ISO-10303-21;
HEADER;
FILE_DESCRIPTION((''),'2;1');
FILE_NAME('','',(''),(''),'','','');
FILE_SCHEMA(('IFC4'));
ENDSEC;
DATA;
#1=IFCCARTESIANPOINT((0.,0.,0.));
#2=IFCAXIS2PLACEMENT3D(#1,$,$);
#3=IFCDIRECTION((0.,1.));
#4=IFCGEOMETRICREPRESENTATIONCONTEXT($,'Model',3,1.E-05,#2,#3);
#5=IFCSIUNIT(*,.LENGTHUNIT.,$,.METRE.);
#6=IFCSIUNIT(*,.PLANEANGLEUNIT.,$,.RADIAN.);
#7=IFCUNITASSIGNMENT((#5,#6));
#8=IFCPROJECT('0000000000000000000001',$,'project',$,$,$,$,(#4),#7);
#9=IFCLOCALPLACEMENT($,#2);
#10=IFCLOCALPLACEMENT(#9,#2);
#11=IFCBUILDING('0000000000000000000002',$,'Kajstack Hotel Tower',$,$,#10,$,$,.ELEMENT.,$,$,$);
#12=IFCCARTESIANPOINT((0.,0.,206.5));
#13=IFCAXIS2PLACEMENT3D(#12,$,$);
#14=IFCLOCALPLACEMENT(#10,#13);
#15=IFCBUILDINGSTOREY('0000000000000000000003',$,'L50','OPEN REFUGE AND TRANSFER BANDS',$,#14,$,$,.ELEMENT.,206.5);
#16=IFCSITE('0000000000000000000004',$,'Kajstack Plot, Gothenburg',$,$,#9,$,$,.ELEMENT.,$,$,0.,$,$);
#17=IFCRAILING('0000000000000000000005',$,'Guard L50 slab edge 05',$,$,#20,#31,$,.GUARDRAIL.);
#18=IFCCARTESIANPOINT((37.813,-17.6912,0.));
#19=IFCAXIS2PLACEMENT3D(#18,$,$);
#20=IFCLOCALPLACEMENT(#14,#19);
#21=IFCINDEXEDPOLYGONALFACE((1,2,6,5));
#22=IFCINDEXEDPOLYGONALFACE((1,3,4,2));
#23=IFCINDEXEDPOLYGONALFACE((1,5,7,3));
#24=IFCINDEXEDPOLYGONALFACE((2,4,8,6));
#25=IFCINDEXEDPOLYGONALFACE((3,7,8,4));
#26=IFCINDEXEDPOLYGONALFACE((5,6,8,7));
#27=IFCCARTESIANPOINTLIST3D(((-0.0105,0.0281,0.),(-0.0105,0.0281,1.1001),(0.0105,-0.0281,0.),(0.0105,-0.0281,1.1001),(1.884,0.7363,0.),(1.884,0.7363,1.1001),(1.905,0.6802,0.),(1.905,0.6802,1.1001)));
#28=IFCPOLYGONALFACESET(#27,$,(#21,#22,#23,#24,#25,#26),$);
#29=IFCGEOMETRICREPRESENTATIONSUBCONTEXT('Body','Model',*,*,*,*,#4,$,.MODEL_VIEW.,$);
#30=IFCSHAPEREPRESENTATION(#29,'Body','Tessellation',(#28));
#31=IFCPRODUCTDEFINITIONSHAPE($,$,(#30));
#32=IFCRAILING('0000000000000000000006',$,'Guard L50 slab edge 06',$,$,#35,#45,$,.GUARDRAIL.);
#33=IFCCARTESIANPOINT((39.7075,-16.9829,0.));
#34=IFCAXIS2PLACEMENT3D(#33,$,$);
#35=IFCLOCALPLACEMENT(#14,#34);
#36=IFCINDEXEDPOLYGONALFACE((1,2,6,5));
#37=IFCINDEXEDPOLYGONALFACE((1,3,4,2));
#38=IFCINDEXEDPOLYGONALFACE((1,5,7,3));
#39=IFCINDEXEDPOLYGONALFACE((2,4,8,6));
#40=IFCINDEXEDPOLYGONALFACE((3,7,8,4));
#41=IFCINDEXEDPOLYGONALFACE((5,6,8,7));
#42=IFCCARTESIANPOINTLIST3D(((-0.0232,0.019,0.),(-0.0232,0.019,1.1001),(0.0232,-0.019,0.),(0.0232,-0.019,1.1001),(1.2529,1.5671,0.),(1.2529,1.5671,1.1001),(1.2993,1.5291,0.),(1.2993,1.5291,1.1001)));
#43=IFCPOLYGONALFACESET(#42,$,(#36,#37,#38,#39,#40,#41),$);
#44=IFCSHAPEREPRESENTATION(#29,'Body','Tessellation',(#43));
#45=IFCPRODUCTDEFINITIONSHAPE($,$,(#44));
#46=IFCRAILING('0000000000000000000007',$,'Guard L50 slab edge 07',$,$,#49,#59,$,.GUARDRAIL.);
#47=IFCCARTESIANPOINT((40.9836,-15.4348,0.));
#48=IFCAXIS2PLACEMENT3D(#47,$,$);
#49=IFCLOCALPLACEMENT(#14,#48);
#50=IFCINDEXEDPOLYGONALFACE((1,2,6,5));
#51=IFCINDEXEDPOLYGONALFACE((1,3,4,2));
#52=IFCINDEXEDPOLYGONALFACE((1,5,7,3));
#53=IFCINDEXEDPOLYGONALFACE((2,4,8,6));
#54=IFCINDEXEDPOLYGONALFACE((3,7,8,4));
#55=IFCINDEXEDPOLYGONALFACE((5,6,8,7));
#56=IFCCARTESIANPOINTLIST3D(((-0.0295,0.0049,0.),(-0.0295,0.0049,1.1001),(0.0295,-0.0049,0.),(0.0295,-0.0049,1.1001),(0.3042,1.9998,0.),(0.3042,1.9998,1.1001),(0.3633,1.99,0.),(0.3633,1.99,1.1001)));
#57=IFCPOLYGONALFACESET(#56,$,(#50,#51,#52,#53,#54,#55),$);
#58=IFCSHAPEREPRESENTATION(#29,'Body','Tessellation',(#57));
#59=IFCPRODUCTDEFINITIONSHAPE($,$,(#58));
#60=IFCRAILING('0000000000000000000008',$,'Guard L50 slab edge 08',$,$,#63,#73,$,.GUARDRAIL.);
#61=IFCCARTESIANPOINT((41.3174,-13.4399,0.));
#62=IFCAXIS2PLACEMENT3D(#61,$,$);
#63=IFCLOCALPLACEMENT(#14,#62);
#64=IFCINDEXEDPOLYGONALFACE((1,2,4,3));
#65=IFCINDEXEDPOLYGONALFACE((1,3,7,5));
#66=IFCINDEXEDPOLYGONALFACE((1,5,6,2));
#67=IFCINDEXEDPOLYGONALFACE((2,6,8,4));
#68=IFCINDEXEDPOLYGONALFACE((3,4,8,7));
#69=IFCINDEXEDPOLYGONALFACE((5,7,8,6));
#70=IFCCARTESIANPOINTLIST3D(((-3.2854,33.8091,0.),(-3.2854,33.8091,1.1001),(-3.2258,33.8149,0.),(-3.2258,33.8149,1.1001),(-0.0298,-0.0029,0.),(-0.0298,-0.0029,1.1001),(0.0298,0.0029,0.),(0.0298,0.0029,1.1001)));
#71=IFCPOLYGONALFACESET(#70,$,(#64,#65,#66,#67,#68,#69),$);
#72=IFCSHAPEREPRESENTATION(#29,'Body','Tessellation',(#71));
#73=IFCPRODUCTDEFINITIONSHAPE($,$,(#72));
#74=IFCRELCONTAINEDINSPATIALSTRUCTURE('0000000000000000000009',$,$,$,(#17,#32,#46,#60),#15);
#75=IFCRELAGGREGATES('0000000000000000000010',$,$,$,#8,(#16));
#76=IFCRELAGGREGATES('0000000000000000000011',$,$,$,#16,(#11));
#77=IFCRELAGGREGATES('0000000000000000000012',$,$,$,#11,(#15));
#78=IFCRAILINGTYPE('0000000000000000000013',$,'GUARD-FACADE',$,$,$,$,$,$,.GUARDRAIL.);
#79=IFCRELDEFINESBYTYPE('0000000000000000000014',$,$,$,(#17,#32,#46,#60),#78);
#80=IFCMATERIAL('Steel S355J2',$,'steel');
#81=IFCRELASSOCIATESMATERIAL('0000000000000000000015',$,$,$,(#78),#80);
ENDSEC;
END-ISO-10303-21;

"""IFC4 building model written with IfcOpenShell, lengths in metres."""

from ifc_helpers import new_model, si_unit, direction, frame, origin, place, context, subcontext, project, spatial, polyline, outline, extrude, material, type_object, element, save


model = new_model("IFC4")

# Units and contexts
model_context = context("Model", 3, precision=1e-05, world=origin(), true_north=direction((0.0, 1.0)))
body_context = subcontext(model_context, "Body", "Model", "MODEL_VIEW")
ifc_project = project(units=[si_unit("LENGTHUNIT", "METRE"), si_unit("PLANEANGLEUNIT", "RADIAN")], contexts=[model_context])

# Site, building, storey
site_placement = place(None, origin())
site = spatial("IfcSite", under=ifc_project, at=site_placement, Name="Kajstack Plot, Gothenburg", CompositionType="ELEMENT", RefElevation=0.0)
building_placement = place(site_placement, origin())
building = spatial("IfcBuilding", under=site, at=building_placement, Name="Kajstack Hotel Tower", CompositionType="ELEMENT")
storey_placement = place(building_placement, frame((0.0, 0.0, 206.5)))
storey = spatial("IfcBuildingStorey", under=building, at=storey_placement, Name="L50", Description="OPEN REFUGE AND TRANSFER BANDS", CompositionType="ELEMENT", Elevation=206.5)

# Shared definitions
ifc_material = material(Name="Steel S355J2", Category="steel")

# Railings
railing_type = type_object("IfcRailingType", Name="GUARD-FACADE", PredefinedType="GUARDRAIL", material=ifc_material)
railing_1_placement = place(storey_placement, frame((37.813, -17.6912, 0.0)))
element("IfcRailing", 1, at=railing_1_placement, inside=storey, type_object=railing_type, Name="Guard L50 slab edge 05", PredefinedType="GUARDRAIL", context=body_context, shape_type="SweptSolid", body=[
    extrude(outline(polyline([(1.884, 0.7363), (1.905, 0.6802), (0.0105, -0.0281), (-0.0105, 0.0281), (1.884, 0.7363)])), origin(), (0.0, 0.0, 1.0), 1.1001),
])
railing_2_placement = place(storey_placement, frame((39.7075, -16.9829, 0.0)))
element("IfcRailing", 2, at=railing_2_placement, inside=storey, type_object=railing_type, Name="Guard L50 slab edge 06", PredefinedType="GUARDRAIL", context=body_context, shape_type="SweptSolid", body=[
    extrude(outline(polyline([(1.2529, 1.5671), (1.2993, 1.5291), (0.0232, -0.019), (-0.0232, 0.019), (1.2529, 1.5671)])), origin(), (0.0, 0.0, 1.0), 1.1001),
])
railing_3_placement = place(storey_placement, frame((40.9836, -15.4348, 0.0)))
element("IfcRailing", 3, at=railing_3_placement, inside=storey, type_object=railing_type, Name="Guard L50 slab edge 07", PredefinedType="GUARDRAIL", context=body_context, shape_type="SweptSolid", body=[
    extrude(outline(polyline([(0.3042, 1.9998), (0.3633, 1.99), (0.0295, -0.0049), (-0.0295, 0.0049), (0.3042, 1.9998)])), origin(), (0.0, 0.0, 1.0), 1.1001),
])
railing_4_placement = place(storey_placement, frame((41.3174, -13.4399, 0.0)))
element("IfcRailing", 4, at=railing_4_placement, inside=storey, type_object=railing_type, Name="Guard L50 slab edge 08", PredefinedType="GUARDRAIL", context=body_context, shape_type="SweptSolid", body=[
    extrude(outline(polyline([(-3.2854, 33.8091), (-3.2258, 33.8149), (0.0298, 0.0029), (-0.0298, -0.0029), (-3.2854, 33.8091)])), origin(), (0.0, 0.0, 1.0), 1.1001),
])

save(model, "model.ifc")
